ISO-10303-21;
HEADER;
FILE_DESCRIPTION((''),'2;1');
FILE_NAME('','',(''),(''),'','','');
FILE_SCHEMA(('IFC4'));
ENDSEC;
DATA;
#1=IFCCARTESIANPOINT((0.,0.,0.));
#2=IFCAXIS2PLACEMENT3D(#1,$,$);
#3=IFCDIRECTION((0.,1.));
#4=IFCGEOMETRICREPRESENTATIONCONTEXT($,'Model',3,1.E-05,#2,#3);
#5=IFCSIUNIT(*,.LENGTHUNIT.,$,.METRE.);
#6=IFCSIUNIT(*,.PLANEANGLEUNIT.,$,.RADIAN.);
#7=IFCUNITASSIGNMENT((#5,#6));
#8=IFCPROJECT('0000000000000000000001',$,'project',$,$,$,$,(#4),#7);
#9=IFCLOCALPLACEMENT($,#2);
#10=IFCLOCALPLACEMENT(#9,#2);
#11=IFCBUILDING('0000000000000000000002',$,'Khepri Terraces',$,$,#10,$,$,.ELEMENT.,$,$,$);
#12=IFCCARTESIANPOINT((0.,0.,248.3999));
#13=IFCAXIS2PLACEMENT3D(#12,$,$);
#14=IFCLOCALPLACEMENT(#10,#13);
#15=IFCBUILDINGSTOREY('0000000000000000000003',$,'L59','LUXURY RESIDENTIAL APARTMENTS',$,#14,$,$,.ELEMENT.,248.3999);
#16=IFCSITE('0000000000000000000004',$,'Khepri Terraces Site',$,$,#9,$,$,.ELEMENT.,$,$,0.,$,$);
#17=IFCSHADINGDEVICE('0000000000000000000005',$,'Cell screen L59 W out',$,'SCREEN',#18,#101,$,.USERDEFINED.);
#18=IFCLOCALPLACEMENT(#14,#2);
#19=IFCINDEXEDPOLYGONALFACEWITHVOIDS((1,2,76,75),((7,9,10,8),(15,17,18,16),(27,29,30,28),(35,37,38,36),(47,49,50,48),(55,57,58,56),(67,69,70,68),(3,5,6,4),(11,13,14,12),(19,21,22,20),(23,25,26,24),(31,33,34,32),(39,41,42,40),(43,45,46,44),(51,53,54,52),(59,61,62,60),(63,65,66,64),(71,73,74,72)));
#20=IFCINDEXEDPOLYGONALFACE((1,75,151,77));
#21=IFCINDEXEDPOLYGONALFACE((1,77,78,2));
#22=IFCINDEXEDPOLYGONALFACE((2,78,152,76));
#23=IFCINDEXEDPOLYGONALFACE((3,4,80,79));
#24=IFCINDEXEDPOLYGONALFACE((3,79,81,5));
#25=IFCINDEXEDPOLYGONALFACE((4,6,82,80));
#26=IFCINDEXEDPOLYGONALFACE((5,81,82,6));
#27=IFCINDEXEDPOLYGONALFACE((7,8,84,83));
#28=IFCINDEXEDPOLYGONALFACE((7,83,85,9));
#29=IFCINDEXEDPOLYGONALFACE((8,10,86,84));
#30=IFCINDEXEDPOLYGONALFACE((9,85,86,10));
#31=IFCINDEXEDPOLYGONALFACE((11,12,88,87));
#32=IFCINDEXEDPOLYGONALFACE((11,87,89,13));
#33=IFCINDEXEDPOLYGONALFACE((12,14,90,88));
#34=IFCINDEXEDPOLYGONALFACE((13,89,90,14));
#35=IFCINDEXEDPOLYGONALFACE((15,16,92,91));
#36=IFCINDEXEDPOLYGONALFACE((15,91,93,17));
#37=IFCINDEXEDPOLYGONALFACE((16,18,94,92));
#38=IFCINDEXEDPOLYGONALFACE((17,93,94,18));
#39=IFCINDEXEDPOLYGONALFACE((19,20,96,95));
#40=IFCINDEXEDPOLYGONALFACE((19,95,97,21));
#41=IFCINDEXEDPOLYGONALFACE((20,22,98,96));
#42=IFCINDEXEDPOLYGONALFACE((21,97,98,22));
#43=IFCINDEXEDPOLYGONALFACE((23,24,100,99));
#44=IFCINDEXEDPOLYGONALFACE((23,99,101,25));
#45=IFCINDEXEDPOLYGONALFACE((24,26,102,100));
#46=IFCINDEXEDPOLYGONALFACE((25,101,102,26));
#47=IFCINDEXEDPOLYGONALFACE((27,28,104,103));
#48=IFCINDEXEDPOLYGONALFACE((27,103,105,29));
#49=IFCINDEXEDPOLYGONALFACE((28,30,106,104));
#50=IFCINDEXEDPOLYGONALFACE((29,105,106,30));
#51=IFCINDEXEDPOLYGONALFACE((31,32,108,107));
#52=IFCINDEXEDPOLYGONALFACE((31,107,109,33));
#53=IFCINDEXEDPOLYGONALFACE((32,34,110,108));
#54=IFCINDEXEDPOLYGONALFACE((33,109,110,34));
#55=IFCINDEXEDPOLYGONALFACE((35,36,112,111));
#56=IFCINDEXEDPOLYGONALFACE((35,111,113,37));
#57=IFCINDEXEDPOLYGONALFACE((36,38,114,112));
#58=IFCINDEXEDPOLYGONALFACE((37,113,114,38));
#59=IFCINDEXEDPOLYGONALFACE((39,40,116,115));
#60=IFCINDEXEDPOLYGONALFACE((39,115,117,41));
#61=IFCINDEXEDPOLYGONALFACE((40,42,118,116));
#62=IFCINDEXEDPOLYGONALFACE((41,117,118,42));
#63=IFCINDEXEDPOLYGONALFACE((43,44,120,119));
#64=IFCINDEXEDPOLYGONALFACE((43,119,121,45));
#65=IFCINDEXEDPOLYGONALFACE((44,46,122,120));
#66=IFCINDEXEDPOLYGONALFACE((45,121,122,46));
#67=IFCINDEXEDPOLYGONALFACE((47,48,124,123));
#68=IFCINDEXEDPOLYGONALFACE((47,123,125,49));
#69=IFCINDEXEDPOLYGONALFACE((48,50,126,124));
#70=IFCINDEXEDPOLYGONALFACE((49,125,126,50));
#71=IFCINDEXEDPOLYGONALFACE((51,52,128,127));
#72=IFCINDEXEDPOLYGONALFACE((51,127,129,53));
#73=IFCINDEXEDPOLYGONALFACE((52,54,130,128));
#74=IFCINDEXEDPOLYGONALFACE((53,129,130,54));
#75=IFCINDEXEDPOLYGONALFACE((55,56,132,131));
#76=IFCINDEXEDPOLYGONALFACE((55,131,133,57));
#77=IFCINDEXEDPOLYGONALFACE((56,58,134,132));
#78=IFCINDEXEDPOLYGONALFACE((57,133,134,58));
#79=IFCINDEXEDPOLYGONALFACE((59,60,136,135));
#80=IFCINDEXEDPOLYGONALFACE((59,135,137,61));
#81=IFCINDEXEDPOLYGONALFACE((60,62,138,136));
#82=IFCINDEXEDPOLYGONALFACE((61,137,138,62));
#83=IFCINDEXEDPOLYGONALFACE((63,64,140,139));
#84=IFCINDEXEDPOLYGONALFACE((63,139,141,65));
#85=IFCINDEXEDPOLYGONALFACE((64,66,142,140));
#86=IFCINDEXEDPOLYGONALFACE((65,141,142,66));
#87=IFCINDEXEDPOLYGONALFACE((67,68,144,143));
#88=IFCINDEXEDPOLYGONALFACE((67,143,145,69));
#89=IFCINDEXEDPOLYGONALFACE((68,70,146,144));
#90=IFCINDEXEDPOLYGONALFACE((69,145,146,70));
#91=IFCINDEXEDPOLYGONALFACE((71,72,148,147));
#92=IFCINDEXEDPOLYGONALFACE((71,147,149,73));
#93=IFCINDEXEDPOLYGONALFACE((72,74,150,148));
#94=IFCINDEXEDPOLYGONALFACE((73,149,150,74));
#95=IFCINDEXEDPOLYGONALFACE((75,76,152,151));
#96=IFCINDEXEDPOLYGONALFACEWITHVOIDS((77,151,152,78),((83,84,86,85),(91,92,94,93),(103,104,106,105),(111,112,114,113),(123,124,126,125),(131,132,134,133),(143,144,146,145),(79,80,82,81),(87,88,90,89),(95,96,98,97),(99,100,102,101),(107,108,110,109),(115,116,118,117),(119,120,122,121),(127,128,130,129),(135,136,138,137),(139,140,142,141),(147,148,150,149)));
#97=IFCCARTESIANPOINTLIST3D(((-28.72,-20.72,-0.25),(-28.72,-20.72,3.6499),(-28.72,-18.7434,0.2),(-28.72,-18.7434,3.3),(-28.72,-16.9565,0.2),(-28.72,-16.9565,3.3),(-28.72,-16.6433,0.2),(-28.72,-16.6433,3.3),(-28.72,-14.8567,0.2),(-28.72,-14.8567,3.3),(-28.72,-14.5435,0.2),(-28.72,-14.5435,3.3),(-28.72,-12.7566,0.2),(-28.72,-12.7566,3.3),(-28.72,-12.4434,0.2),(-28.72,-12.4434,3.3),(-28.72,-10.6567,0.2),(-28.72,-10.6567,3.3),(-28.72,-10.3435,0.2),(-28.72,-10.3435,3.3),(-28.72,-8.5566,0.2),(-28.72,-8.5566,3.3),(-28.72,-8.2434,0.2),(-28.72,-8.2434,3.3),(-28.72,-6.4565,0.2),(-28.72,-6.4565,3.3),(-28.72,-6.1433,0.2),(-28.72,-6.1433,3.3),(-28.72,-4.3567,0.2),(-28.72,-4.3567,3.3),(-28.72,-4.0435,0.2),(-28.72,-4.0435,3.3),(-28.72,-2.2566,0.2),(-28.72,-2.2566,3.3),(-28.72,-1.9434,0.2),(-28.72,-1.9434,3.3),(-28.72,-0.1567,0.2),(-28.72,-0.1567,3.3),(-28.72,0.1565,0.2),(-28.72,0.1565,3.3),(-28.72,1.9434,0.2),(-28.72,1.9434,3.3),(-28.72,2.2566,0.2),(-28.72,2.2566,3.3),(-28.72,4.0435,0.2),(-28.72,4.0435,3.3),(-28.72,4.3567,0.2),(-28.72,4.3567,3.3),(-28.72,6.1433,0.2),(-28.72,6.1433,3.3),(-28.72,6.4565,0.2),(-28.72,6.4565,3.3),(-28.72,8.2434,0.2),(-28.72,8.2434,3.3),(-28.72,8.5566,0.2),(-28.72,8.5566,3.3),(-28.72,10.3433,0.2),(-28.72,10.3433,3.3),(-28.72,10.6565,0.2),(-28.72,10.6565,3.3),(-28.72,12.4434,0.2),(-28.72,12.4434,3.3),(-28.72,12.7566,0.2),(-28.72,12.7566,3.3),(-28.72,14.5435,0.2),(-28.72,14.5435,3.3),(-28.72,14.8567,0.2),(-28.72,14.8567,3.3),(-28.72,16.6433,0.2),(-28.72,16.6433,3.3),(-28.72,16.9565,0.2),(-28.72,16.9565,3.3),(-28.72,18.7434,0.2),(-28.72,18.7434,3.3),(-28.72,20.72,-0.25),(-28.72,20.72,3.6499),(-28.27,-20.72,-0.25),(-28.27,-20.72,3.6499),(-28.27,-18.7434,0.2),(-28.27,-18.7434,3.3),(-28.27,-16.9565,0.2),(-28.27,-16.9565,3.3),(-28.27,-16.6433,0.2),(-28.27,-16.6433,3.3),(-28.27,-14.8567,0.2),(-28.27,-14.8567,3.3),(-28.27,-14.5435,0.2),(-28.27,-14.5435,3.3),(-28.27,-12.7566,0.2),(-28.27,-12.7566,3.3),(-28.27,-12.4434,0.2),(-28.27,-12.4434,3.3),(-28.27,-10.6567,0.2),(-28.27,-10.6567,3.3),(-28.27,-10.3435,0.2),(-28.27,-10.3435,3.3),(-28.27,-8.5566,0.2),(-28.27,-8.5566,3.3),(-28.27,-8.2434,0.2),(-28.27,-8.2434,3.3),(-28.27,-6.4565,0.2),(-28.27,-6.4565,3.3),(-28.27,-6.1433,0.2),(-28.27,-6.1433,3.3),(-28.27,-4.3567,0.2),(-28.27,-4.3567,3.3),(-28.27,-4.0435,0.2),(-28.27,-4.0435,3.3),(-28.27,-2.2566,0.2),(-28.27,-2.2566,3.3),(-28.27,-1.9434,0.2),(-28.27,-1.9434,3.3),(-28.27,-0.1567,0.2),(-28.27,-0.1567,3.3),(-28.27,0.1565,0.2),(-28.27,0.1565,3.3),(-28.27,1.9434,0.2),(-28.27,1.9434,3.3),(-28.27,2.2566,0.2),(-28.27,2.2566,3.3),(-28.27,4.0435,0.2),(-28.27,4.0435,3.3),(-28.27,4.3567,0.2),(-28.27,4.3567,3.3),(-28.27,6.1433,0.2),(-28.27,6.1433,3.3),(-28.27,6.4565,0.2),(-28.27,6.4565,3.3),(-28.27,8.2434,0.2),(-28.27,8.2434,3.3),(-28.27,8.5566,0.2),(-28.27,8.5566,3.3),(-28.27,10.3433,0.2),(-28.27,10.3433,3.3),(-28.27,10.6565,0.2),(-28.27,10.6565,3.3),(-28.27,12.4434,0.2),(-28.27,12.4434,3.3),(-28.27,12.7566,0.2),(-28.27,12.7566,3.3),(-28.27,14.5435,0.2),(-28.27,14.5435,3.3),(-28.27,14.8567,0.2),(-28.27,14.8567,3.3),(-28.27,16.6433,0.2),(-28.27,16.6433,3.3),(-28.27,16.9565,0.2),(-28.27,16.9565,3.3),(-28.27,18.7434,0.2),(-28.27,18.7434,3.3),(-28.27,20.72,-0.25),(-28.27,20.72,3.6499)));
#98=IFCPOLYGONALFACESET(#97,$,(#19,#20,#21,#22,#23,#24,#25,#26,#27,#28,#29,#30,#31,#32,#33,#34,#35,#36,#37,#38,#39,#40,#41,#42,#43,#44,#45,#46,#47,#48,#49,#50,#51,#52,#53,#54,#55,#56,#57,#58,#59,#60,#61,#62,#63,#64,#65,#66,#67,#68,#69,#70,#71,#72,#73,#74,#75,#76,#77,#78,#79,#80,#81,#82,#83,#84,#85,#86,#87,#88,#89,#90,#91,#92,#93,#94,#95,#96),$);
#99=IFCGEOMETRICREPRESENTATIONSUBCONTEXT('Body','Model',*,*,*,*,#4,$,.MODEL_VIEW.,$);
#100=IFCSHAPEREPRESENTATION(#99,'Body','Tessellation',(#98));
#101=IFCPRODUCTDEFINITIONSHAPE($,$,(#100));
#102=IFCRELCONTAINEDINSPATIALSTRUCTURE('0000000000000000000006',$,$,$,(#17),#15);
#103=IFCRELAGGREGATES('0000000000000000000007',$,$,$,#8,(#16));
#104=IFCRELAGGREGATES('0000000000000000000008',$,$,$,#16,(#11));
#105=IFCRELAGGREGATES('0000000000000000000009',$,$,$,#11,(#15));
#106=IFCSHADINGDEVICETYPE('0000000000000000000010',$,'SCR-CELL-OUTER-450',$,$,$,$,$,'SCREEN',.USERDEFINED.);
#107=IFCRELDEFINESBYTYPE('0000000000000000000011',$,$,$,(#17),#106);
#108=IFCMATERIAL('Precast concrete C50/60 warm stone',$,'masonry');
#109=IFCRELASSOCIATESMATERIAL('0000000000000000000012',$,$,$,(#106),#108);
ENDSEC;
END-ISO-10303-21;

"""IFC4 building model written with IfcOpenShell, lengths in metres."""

from ifc_helpers import new_model, si_unit, direction, frame, origin, place, context, subcontext, project, spatial, polyline, outline, extrude, material, type_object, element, save


model = new_model("IFC4")

# Units and contexts
model_context = context("Model", 3, precision=1e-05, world=origin(), true_north=direction((0.0, 1.0)))
body_context = subcontext(model_context, "Body", "Model", "MODEL_VIEW")
ifc_project = project(units=[si_unit("LENGTHUNIT", "METRE"), si_unit("PLANEANGLEUNIT", "RADIAN")], contexts=[model_context])

# Site, building, storey
site_placement = place(None, origin())
site = spatial("IfcSite", under=ifc_project, at=site_placement, Name="Khepri Terraces Site", CompositionType="ELEMENT", RefElevation=0.0)
building_placement = place(site_placement, origin())
building = spatial("IfcBuilding", under=site, at=building_placement, Name="Khepri Terraces", CompositionType="ELEMENT")
storey_placement = place(building_placement, frame((0.0, 0.0, 248.3999)))
storey = spatial("IfcBuildingStorey", under=building, at=storey_placement, Name="L59", Description="LUXURY RESIDENTIAL APARTMENTS", CompositionType="ELEMENT", Elevation=248.3999)

# Shared definitions
ifc_material_1 = material(Name="Precast concrete C50/60 warm stone", Category="masonry")

# Shading device
shading_device_type_1 = type_object("IfcShadingDeviceType", Name="SCR-CELL-OUTER-450", ElementType="SCREEN", PredefinedType="USERDEFINED", material=ifc_material_1)
shading_device_1_placement = place(storey_placement, frame((-28.27, 20.72, -0.25), z_axis=(-1.0, 0.0, 0.0), x_axis=(0.0, -1.0, 0.0)))
element("IfcShadingDevice", 1, at=shading_device_1_placement, inside=storey, type_object=shading_device_type_1, Name="Cell screen L59 W out", ObjectType="SCREEN", PredefinedType="USERDEFINED", context=body_context, shape_type="SweptSolid", body=[
    extrude(outline(polyline([(0.0, 0.0), (41.4399, 0.0), (41.4399, 3.8999), (0.0, 3.8999), (0.0, 0.0)]), holes=[polyline([(1.9766, 0.45), (3.7634, 0.45), (3.7634, 3.55), (1.9766, 3.55), (1.9766, 0.45)]), polyline([(4.0767, 0.45), (5.8633, 0.45), (5.8633, 3.55), (4.0767, 3.55), (4.0767, 0.45)]), polyline([(6.1765, 0.45), (7.9634, 0.45), (7.9634, 3.55), (6.1765, 3.55), (6.1765, 0.45)]), polyline([(8.2766, 0.45), (10.0635, 0.45), (10.0635, 3.55), (8.2766, 3.55), (8.2766, 0.45)]), polyline([(10.3767, 0.45), (12.1633, 0.45), (12.1633, 3.55), (10.3767, 3.55), (10.3767, 0.45)]), polyline([(12.4766, 0.45), (14.2634, 0.45), (14.2634, 3.55), (12.4766, 3.55), (12.4766, 0.45)]), polyline([(14.5767, 0.45), (16.3633, 0.45), (16.3633, 3.55), (14.5767, 3.55), (14.5767, 0.45)]), polyline([(16.6765, 0.45), (18.4634, 0.45), (18.4634, 3.55), (16.6765, 3.55), (16.6765, 0.45)]), polyline([(18.7766, 0.45), (20.5635, 0.45), (20.5635, 3.55), (18.7766, 3.55), (18.7766, 0.45)]), polyline([(20.8767, 0.45), (22.6633, 0.45), (22.6633, 3.55), (20.8767, 3.55), (20.8767, 0.45)]), polyline([(22.9766, 0.45), (24.7634, 0.45), (24.7634, 3.55), (22.9766, 3.55), (22.9766, 0.45)]), polyline([(25.0767, 0.45), (26.8633, 0.45), (26.8633, 3.55), (25.0767, 3.55), (25.0767, 0.45)]), polyline([(27.1765, 0.45), (28.9634, 0.45), (28.9634, 3.55), (27.1765, 3.55), (27.1765, 0.45)]), polyline([(29.2766, 0.45), (31.0635, 0.45), (31.0635, 3.55), (29.2766, 3.55), (29.2766, 0.45)]), polyline([(31.3767, 0.45), (33.1633, 0.45), (33.1633, 3.55), (31.3767, 3.55), (31.3767, 0.45)]), polyline([(33.4766, 0.45), (35.2634, 0.45), (35.2634, 3.55), (33.4766, 3.55), (33.4766, 0.45)]), polyline([(35.5767, 0.45), (37.3633, 0.45), (37.3633, 3.55), (35.5767, 3.55), (35.5767, 0.45)]), polyline([(37.6765, 0.45), (39.4634, 0.45), (39.4634, 3.55), (37.6765, 3.55), (37.6765, 0.45)])]), origin(), (0.0, 0.0, 1.0), 0.45),
])

save(model, "model.ifc")
